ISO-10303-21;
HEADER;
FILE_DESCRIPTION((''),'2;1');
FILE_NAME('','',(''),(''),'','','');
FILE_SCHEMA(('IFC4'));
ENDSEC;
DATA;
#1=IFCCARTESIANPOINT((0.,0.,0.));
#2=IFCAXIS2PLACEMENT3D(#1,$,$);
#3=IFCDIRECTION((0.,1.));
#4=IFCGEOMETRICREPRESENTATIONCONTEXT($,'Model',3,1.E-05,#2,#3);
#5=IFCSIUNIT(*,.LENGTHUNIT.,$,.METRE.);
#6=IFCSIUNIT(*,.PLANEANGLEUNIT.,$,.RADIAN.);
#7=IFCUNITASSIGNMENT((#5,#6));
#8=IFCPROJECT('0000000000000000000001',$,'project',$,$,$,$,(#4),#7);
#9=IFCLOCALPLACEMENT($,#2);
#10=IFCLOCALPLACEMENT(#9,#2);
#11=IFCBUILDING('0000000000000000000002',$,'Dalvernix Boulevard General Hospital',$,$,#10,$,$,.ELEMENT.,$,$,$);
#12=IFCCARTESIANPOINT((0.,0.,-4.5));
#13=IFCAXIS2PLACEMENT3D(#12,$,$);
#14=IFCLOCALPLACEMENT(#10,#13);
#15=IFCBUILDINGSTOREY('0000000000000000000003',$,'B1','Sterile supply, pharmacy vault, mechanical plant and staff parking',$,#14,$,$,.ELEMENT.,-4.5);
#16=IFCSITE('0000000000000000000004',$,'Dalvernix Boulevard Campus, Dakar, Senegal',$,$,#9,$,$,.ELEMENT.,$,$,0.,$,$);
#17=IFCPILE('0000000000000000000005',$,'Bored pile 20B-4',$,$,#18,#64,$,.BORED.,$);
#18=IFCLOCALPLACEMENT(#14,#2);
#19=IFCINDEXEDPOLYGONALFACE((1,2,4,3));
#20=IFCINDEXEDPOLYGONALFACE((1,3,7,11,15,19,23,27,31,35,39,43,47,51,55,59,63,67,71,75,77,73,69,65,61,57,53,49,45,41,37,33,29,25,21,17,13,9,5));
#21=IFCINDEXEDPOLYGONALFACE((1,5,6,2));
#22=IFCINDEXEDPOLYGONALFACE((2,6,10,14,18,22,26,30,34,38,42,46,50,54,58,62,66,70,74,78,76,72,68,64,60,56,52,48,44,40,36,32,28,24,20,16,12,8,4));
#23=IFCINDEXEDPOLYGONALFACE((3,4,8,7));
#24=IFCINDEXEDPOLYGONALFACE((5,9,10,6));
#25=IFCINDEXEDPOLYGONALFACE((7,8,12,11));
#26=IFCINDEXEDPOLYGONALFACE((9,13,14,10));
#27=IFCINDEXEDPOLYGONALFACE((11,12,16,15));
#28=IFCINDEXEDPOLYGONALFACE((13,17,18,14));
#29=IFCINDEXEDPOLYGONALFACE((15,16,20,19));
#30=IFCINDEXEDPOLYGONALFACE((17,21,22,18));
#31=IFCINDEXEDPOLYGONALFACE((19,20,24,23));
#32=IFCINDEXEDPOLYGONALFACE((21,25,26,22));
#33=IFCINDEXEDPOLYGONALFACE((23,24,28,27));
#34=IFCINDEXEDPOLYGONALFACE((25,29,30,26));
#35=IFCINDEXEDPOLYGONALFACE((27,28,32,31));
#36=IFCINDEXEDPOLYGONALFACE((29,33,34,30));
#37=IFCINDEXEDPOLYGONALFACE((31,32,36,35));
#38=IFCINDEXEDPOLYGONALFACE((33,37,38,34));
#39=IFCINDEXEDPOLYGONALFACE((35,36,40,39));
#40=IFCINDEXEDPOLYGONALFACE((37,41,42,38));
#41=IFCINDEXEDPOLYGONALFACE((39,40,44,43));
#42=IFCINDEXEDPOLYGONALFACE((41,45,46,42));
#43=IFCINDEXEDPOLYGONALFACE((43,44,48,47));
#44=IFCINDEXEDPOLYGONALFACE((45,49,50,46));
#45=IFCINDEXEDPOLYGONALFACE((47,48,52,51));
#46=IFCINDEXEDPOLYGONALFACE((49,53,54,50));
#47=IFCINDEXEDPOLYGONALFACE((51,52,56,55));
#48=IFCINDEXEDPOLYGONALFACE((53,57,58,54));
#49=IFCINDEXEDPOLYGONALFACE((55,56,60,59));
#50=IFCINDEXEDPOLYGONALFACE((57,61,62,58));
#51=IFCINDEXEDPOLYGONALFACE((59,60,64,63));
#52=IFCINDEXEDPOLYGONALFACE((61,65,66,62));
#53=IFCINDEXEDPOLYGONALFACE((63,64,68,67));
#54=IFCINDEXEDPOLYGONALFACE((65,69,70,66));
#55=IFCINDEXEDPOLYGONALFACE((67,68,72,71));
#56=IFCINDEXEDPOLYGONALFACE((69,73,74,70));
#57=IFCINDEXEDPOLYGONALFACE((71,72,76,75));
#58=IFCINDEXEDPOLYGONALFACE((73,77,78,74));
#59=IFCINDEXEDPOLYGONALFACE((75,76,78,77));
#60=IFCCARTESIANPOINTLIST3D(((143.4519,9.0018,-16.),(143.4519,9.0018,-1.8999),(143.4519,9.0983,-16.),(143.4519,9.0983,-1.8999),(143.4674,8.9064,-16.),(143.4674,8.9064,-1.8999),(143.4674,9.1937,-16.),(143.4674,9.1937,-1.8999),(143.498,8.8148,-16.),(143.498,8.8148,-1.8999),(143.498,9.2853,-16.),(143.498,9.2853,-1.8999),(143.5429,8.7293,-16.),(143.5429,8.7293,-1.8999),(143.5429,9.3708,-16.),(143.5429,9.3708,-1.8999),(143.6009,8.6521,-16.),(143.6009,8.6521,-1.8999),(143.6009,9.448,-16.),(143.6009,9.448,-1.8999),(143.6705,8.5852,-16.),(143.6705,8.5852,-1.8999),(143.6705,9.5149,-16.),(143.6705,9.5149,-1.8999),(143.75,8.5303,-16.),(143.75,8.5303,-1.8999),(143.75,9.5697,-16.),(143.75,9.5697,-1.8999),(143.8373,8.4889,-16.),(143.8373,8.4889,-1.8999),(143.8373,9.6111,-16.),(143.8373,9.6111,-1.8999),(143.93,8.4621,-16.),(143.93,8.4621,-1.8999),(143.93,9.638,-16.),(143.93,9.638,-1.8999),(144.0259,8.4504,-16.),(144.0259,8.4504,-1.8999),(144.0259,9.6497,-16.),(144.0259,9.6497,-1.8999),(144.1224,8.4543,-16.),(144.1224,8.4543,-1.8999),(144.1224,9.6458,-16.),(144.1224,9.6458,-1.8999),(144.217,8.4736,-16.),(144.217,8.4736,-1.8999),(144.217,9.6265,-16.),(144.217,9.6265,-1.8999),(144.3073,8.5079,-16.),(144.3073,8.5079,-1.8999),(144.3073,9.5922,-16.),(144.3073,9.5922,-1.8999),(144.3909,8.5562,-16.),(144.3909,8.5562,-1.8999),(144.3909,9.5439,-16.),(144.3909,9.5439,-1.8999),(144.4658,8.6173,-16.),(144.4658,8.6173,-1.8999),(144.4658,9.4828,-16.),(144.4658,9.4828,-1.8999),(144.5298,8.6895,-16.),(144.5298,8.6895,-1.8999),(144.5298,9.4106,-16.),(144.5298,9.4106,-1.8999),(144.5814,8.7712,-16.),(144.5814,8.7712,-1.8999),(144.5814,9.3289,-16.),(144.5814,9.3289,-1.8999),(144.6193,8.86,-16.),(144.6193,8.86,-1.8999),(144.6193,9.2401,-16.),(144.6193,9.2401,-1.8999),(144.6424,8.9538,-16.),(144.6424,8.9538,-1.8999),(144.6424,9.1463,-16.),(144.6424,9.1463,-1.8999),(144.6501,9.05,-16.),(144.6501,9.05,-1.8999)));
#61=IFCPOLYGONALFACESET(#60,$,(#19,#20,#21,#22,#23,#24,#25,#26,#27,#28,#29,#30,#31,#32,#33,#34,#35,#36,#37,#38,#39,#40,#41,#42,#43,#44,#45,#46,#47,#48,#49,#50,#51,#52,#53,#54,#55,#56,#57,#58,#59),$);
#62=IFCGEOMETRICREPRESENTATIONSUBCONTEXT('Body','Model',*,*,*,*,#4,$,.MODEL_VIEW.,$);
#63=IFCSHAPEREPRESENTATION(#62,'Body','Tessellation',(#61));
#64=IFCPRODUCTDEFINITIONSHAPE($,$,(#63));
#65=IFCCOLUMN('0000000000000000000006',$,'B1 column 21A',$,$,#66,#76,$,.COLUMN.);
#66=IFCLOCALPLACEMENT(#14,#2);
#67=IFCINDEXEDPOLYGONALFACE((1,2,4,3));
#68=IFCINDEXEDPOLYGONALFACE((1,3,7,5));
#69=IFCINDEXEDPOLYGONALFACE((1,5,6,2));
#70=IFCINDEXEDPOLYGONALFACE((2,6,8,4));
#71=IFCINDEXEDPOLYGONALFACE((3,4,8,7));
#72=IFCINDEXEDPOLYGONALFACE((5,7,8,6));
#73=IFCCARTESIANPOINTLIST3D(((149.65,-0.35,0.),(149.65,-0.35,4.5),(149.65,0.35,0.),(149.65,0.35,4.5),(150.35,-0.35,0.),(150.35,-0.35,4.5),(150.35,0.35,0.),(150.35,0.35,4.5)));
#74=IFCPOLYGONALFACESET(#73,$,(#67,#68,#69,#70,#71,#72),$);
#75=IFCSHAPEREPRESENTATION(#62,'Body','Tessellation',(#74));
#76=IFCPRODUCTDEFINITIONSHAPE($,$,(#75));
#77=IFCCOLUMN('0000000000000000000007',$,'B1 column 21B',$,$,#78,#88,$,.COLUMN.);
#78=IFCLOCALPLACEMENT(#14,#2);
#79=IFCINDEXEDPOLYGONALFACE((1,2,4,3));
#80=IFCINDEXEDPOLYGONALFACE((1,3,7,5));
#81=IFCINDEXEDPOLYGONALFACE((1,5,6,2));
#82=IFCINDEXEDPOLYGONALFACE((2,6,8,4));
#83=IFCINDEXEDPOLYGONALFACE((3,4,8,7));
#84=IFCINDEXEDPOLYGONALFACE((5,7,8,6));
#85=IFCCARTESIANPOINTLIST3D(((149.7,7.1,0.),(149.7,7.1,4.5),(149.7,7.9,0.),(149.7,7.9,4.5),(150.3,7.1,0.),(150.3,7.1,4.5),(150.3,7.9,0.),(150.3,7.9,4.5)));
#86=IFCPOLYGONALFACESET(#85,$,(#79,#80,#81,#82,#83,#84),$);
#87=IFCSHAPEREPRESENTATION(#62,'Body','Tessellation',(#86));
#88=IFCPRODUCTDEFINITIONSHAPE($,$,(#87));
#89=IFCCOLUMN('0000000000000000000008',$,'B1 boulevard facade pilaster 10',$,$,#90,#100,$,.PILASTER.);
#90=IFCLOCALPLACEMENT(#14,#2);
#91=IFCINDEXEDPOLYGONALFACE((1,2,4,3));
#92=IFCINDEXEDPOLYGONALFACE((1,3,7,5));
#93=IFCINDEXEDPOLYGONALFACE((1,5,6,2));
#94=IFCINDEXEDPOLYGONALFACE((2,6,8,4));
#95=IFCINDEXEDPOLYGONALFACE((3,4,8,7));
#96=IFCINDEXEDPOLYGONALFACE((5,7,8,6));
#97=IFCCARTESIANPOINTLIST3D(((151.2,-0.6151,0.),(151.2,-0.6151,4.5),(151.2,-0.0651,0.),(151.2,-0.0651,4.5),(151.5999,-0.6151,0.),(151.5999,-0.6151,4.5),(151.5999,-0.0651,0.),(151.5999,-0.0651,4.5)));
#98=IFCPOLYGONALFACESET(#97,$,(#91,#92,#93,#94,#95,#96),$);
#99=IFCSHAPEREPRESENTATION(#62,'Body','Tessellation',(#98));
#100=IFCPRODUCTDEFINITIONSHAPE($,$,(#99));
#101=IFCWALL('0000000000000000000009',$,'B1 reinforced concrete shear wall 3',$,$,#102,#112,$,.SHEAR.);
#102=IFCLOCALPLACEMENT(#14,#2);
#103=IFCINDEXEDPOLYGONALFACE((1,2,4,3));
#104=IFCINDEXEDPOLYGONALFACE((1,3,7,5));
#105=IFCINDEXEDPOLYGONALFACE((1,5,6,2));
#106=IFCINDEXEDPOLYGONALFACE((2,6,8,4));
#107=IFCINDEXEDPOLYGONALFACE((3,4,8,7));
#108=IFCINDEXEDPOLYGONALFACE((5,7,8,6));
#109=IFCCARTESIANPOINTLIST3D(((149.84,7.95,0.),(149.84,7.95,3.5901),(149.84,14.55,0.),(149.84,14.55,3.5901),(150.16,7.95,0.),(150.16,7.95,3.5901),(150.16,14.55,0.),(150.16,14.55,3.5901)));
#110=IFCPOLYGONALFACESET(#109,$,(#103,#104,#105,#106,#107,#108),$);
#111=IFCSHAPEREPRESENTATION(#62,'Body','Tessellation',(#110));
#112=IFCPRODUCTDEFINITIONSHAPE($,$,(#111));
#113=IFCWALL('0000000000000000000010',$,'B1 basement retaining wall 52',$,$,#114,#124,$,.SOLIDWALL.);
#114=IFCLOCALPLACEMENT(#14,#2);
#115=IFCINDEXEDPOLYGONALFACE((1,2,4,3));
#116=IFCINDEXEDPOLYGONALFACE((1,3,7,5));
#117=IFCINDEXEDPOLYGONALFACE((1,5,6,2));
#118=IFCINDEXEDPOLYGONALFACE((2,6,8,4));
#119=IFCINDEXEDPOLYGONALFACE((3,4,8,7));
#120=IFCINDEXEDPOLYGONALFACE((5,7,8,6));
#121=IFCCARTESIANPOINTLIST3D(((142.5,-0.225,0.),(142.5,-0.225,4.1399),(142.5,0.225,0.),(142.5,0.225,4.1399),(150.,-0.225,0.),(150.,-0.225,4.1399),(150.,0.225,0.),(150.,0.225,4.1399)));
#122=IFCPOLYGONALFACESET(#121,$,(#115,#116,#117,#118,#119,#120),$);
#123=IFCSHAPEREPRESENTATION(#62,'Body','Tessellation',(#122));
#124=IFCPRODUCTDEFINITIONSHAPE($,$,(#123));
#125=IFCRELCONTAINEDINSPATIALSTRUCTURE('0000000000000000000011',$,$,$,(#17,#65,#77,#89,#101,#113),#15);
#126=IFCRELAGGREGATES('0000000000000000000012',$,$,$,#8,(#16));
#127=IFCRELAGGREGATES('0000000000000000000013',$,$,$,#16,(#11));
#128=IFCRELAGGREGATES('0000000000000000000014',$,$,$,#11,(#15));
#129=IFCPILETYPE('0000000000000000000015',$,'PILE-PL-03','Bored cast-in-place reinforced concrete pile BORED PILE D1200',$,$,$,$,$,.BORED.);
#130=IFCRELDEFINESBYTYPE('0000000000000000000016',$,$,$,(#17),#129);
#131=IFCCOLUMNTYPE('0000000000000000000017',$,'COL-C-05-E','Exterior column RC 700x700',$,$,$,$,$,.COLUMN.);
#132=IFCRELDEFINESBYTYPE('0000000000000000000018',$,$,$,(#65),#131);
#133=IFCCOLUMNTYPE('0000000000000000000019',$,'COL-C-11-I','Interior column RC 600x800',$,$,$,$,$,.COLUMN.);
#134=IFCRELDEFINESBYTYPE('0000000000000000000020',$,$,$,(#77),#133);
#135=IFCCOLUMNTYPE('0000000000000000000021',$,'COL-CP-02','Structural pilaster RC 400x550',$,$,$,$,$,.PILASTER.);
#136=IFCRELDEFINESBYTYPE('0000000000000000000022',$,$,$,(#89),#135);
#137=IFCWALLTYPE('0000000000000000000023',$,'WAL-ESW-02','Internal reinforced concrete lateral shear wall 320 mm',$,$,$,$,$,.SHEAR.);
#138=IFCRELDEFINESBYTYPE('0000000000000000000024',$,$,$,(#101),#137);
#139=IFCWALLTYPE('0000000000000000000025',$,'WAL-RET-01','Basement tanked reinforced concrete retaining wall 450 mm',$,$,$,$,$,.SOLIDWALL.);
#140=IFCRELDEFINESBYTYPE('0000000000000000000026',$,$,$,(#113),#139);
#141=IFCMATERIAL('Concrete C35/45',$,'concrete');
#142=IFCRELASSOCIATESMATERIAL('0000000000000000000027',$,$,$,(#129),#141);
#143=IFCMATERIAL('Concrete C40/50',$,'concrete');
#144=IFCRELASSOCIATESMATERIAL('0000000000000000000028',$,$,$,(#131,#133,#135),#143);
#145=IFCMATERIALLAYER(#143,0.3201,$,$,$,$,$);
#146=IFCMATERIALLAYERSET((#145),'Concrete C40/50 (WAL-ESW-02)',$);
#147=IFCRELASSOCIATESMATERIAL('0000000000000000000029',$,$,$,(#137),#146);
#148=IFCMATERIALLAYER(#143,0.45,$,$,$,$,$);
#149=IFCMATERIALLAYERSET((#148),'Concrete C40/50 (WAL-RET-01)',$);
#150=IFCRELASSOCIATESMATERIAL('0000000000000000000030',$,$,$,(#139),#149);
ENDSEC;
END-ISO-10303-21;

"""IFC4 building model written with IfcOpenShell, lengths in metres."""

from ifc_helpers import new_model, si_unit, direction, frame, frame_2d, origin, origin_2d, place, context, subcontext, project, spatial, rectangle, circle, extrude, material, layer, layer_set, material_profile, profile_set, type_object, element, save


model = new_model("IFC4")

# Units and contexts
model_context = context("Model", 3, precision=1e-05, world=origin(), true_north=direction((0.0, 1.0)))
body_context = subcontext(model_context, "Body", "Model", "MODEL_VIEW")
ifc_project = project(units=[si_unit("LENGTHUNIT", "METRE"), si_unit("PLANEANGLEUNIT", "RADIAN")], contexts=[model_context])

# Site, building, storey
site_placement = place(None, origin())
site = spatial("IfcSite", under=ifc_project, at=site_placement, Name="Dalvernix Boulevard Campus, Dakar, Senegal", CompositionType="ELEMENT", RefElevation=0.0)
building_placement = place(site_placement, origin())
building = spatial("IfcBuilding", under=site, at=building_placement, Name="Dalvernix Boulevard General Hospital", CompositionType="ELEMENT")
storey_placement = place(building_placement, frame((0.0, 0.0, -4.5)))
storey = spatial("IfcBuildingStorey", under=building, at=storey_placement, Name="B1", Description="Sterile supply, pharmacy vault, mechanical plant and staff parking", CompositionType="ELEMENT", Elevation=-4.5)

# Shared definitions
ifc_material_1 = material(Name="Concrete C35/45", Category="concrete")
ifc_material_2 = material(Name="Concrete C40/50", Category="concrete")

# Pile
ifc_material_profile_1 = material_profile(ifc_material_1, circle(Radius=0.6001, at=origin_2d()), Name="BORED PILE D1200")
ifc_profile_set_1 = profile_set([ifc_material_profile_1], Name="Concrete C35/45")
pile_type_1 = type_object("IfcPileType", Name="PILE-PL-03", Description="Bored cast-in-place reinforced concrete pile BORED PILE D1200", PredefinedType="BORED", material=ifc_profile_set_1)
for number, where, z_axis, x_axis, name in (
    (1, (144.05, 9.05, -1.8999), (0.0, 0.0, -1.0), (1.0, 0.0, 0.0), "Bored pile 20B-4"),
):
    element("IfcPile", number, at=place(storey_placement, frame(where, z_axis=z_axis, x_axis=x_axis)), inside=storey, type_object=pile_type_1, Name=name, PredefinedType="BORED", context=body_context, shape_type="SweptSolid", body=[
        extrude(circle(Radius=0.6001, at=origin_2d()), origin(), (0.0, 0.0, 1.0), 14.1001),
    ])

# Columns
ifc_material_profile_2 = material_profile(ifc_material_2, rectangle(XDim=0.7, YDim=0.7, at=origin_2d()), Name="RC 700x700")
ifc_profile_set_2 = profile_set([ifc_material_profile_2], Name="Concrete C40/50")
column_type_1 = type_object("IfcColumnType", Name="COL-C-05-E", Description="Exterior column RC 700x700", PredefinedType="COLUMN", material=ifc_profile_set_2)
column_1_placement = place(storey_placement, frame((150.0, 0.0, 0.0), z_axis=(0.0, 0.0, 1.0), x_axis=(1.0, 0.0, 0.0)))
element("IfcColumn", 2, at=column_1_placement, inside=storey, type_object=column_type_1, Name="B1 column 21A", PredefinedType="COLUMN", context=body_context, shape_type="SweptSolid", body=[
    extrude(rectangle(XDim=0.7, YDim=0.7, at=origin_2d()), origin(), (0.0, 0.0, 1.0), 4.5),
])
ifc_material_profile_3 = material_profile(ifc_material_2, rectangle(XDim=0.6001, YDim=0.8, at=origin_2d()), Name="RC 600x800")
ifc_profile_set_3 = profile_set([ifc_material_profile_3], Name="Concrete C40/50")
column_type_2 = type_object("IfcColumnType", Name="COL-C-11-I", Description="Interior column RC 600x800", PredefinedType="COLUMN", material=ifc_profile_set_3)
column_2_placement = place(storey_placement, frame((150.0, 7.5, 0.0), z_axis=(0.0, 0.0, 1.0), x_axis=(1.0, 0.0, 0.0)))
element("IfcColumn", 3, at=column_2_placement, inside=storey, type_object=column_type_2, Name="B1 column 21B", PredefinedType="COLUMN", context=body_context, shape_type="SweptSolid", body=[
    extrude(rectangle(XDim=0.6001, YDim=0.8, at=origin_2d()), origin(), (0.0, 0.0, 1.0), 4.5),
])
ifc_material_profile_4 = material_profile(ifc_material_2, rectangle(XDim=0.3999, YDim=0.55, at=origin_2d()), Name="RC 400x550")
ifc_profile_set_4 = profile_set([ifc_material_profile_4], Name="Concrete C40/50")
column_type_3 = type_object("IfcColumnType", Name="COL-CP-02", Description="Structural pilaster RC 400x550", PredefinedType="PILASTER", material=ifc_profile_set_4)
column_3_placement = place(storey_placement, frame((151.3999, -0.3401, 0.0), z_axis=(0.0, 0.0, 1.0), x_axis=(1.0, 0.0, 0.0)))
element("IfcColumn", 4, at=column_3_placement, inside=storey, type_object=column_type_3, Name="B1 boulevard facade pilaster 10", PredefinedType="PILASTER", context=body_context, shape_type="SweptSolid", body=[
    extrude(rectangle(XDim=0.3999, YDim=0.55, at=origin_2d()), origin(), (0.0, 0.0, 1.0), 4.5),
])

# Walls
ifc_layer_1 = layer(ifc_material_2, 0.3201)
ifc_layer_set_1 = layer_set([ifc_layer_1], Name="Concrete C40/50 (WAL-ESW-02)")
wall_type_1 = type_object("IfcWallType", Name="WAL-ESW-02", Description="Internal reinforced concrete lateral shear wall 320 mm", PredefinedType="SHEAR", material=ifc_layer_set_1)
wall_1_placement = place(storey_placement, frame((150.0, 7.95, 0.0), z_axis=(0.0, 0.0, 1.0), x_axis=(0.0, 1.0, 0.0)))
element("IfcWall", 5, at=wall_1_placement, inside=storey, type_object=wall_type_1, Name="B1 reinforced concrete shear wall 3", PredefinedType="SHEAR", context=body_context, shape_type="SweptSolid", body=[
    extrude(rectangle(XDim=6.6001, YDim=0.3201, at=frame_2d((3.3, 0.0))), origin(), (0.0, 0.0, 1.0), 3.5901),
])
ifc_layer_2 = layer(ifc_material_2, 0.45)
ifc_layer_set_2 = layer_set([ifc_layer_2], Name="Concrete C40/50 (WAL-RET-01)")
wall_type_2 = type_object("IfcWallType", Name="WAL-RET-01", Description="Basement tanked reinforced concrete retaining wall 450 mm", PredefinedType="SOLIDWALL", material=ifc_layer_set_2)
wall_2_placement = place(storey_placement, frame((150.0, 0.0, 0.0), z_axis=(0.0, 0.0, 1.0), x_axis=(-1.0, 0.0, 0.0)))
element("IfcWall", 6, at=wall_2_placement, inside=storey, type_object=wall_type_2, Name="B1 basement retaining wall 52", PredefinedType="SOLIDWALL", context=body_context, shape_type="SweptSolid", body=[
    extrude(rectangle(XDim=7.5, YDim=0.45, at=frame_2d((3.75, 0.0))), origin(), (0.0, 0.0, 1.0), 4.1399),
])

save(model, "model.ifc")
